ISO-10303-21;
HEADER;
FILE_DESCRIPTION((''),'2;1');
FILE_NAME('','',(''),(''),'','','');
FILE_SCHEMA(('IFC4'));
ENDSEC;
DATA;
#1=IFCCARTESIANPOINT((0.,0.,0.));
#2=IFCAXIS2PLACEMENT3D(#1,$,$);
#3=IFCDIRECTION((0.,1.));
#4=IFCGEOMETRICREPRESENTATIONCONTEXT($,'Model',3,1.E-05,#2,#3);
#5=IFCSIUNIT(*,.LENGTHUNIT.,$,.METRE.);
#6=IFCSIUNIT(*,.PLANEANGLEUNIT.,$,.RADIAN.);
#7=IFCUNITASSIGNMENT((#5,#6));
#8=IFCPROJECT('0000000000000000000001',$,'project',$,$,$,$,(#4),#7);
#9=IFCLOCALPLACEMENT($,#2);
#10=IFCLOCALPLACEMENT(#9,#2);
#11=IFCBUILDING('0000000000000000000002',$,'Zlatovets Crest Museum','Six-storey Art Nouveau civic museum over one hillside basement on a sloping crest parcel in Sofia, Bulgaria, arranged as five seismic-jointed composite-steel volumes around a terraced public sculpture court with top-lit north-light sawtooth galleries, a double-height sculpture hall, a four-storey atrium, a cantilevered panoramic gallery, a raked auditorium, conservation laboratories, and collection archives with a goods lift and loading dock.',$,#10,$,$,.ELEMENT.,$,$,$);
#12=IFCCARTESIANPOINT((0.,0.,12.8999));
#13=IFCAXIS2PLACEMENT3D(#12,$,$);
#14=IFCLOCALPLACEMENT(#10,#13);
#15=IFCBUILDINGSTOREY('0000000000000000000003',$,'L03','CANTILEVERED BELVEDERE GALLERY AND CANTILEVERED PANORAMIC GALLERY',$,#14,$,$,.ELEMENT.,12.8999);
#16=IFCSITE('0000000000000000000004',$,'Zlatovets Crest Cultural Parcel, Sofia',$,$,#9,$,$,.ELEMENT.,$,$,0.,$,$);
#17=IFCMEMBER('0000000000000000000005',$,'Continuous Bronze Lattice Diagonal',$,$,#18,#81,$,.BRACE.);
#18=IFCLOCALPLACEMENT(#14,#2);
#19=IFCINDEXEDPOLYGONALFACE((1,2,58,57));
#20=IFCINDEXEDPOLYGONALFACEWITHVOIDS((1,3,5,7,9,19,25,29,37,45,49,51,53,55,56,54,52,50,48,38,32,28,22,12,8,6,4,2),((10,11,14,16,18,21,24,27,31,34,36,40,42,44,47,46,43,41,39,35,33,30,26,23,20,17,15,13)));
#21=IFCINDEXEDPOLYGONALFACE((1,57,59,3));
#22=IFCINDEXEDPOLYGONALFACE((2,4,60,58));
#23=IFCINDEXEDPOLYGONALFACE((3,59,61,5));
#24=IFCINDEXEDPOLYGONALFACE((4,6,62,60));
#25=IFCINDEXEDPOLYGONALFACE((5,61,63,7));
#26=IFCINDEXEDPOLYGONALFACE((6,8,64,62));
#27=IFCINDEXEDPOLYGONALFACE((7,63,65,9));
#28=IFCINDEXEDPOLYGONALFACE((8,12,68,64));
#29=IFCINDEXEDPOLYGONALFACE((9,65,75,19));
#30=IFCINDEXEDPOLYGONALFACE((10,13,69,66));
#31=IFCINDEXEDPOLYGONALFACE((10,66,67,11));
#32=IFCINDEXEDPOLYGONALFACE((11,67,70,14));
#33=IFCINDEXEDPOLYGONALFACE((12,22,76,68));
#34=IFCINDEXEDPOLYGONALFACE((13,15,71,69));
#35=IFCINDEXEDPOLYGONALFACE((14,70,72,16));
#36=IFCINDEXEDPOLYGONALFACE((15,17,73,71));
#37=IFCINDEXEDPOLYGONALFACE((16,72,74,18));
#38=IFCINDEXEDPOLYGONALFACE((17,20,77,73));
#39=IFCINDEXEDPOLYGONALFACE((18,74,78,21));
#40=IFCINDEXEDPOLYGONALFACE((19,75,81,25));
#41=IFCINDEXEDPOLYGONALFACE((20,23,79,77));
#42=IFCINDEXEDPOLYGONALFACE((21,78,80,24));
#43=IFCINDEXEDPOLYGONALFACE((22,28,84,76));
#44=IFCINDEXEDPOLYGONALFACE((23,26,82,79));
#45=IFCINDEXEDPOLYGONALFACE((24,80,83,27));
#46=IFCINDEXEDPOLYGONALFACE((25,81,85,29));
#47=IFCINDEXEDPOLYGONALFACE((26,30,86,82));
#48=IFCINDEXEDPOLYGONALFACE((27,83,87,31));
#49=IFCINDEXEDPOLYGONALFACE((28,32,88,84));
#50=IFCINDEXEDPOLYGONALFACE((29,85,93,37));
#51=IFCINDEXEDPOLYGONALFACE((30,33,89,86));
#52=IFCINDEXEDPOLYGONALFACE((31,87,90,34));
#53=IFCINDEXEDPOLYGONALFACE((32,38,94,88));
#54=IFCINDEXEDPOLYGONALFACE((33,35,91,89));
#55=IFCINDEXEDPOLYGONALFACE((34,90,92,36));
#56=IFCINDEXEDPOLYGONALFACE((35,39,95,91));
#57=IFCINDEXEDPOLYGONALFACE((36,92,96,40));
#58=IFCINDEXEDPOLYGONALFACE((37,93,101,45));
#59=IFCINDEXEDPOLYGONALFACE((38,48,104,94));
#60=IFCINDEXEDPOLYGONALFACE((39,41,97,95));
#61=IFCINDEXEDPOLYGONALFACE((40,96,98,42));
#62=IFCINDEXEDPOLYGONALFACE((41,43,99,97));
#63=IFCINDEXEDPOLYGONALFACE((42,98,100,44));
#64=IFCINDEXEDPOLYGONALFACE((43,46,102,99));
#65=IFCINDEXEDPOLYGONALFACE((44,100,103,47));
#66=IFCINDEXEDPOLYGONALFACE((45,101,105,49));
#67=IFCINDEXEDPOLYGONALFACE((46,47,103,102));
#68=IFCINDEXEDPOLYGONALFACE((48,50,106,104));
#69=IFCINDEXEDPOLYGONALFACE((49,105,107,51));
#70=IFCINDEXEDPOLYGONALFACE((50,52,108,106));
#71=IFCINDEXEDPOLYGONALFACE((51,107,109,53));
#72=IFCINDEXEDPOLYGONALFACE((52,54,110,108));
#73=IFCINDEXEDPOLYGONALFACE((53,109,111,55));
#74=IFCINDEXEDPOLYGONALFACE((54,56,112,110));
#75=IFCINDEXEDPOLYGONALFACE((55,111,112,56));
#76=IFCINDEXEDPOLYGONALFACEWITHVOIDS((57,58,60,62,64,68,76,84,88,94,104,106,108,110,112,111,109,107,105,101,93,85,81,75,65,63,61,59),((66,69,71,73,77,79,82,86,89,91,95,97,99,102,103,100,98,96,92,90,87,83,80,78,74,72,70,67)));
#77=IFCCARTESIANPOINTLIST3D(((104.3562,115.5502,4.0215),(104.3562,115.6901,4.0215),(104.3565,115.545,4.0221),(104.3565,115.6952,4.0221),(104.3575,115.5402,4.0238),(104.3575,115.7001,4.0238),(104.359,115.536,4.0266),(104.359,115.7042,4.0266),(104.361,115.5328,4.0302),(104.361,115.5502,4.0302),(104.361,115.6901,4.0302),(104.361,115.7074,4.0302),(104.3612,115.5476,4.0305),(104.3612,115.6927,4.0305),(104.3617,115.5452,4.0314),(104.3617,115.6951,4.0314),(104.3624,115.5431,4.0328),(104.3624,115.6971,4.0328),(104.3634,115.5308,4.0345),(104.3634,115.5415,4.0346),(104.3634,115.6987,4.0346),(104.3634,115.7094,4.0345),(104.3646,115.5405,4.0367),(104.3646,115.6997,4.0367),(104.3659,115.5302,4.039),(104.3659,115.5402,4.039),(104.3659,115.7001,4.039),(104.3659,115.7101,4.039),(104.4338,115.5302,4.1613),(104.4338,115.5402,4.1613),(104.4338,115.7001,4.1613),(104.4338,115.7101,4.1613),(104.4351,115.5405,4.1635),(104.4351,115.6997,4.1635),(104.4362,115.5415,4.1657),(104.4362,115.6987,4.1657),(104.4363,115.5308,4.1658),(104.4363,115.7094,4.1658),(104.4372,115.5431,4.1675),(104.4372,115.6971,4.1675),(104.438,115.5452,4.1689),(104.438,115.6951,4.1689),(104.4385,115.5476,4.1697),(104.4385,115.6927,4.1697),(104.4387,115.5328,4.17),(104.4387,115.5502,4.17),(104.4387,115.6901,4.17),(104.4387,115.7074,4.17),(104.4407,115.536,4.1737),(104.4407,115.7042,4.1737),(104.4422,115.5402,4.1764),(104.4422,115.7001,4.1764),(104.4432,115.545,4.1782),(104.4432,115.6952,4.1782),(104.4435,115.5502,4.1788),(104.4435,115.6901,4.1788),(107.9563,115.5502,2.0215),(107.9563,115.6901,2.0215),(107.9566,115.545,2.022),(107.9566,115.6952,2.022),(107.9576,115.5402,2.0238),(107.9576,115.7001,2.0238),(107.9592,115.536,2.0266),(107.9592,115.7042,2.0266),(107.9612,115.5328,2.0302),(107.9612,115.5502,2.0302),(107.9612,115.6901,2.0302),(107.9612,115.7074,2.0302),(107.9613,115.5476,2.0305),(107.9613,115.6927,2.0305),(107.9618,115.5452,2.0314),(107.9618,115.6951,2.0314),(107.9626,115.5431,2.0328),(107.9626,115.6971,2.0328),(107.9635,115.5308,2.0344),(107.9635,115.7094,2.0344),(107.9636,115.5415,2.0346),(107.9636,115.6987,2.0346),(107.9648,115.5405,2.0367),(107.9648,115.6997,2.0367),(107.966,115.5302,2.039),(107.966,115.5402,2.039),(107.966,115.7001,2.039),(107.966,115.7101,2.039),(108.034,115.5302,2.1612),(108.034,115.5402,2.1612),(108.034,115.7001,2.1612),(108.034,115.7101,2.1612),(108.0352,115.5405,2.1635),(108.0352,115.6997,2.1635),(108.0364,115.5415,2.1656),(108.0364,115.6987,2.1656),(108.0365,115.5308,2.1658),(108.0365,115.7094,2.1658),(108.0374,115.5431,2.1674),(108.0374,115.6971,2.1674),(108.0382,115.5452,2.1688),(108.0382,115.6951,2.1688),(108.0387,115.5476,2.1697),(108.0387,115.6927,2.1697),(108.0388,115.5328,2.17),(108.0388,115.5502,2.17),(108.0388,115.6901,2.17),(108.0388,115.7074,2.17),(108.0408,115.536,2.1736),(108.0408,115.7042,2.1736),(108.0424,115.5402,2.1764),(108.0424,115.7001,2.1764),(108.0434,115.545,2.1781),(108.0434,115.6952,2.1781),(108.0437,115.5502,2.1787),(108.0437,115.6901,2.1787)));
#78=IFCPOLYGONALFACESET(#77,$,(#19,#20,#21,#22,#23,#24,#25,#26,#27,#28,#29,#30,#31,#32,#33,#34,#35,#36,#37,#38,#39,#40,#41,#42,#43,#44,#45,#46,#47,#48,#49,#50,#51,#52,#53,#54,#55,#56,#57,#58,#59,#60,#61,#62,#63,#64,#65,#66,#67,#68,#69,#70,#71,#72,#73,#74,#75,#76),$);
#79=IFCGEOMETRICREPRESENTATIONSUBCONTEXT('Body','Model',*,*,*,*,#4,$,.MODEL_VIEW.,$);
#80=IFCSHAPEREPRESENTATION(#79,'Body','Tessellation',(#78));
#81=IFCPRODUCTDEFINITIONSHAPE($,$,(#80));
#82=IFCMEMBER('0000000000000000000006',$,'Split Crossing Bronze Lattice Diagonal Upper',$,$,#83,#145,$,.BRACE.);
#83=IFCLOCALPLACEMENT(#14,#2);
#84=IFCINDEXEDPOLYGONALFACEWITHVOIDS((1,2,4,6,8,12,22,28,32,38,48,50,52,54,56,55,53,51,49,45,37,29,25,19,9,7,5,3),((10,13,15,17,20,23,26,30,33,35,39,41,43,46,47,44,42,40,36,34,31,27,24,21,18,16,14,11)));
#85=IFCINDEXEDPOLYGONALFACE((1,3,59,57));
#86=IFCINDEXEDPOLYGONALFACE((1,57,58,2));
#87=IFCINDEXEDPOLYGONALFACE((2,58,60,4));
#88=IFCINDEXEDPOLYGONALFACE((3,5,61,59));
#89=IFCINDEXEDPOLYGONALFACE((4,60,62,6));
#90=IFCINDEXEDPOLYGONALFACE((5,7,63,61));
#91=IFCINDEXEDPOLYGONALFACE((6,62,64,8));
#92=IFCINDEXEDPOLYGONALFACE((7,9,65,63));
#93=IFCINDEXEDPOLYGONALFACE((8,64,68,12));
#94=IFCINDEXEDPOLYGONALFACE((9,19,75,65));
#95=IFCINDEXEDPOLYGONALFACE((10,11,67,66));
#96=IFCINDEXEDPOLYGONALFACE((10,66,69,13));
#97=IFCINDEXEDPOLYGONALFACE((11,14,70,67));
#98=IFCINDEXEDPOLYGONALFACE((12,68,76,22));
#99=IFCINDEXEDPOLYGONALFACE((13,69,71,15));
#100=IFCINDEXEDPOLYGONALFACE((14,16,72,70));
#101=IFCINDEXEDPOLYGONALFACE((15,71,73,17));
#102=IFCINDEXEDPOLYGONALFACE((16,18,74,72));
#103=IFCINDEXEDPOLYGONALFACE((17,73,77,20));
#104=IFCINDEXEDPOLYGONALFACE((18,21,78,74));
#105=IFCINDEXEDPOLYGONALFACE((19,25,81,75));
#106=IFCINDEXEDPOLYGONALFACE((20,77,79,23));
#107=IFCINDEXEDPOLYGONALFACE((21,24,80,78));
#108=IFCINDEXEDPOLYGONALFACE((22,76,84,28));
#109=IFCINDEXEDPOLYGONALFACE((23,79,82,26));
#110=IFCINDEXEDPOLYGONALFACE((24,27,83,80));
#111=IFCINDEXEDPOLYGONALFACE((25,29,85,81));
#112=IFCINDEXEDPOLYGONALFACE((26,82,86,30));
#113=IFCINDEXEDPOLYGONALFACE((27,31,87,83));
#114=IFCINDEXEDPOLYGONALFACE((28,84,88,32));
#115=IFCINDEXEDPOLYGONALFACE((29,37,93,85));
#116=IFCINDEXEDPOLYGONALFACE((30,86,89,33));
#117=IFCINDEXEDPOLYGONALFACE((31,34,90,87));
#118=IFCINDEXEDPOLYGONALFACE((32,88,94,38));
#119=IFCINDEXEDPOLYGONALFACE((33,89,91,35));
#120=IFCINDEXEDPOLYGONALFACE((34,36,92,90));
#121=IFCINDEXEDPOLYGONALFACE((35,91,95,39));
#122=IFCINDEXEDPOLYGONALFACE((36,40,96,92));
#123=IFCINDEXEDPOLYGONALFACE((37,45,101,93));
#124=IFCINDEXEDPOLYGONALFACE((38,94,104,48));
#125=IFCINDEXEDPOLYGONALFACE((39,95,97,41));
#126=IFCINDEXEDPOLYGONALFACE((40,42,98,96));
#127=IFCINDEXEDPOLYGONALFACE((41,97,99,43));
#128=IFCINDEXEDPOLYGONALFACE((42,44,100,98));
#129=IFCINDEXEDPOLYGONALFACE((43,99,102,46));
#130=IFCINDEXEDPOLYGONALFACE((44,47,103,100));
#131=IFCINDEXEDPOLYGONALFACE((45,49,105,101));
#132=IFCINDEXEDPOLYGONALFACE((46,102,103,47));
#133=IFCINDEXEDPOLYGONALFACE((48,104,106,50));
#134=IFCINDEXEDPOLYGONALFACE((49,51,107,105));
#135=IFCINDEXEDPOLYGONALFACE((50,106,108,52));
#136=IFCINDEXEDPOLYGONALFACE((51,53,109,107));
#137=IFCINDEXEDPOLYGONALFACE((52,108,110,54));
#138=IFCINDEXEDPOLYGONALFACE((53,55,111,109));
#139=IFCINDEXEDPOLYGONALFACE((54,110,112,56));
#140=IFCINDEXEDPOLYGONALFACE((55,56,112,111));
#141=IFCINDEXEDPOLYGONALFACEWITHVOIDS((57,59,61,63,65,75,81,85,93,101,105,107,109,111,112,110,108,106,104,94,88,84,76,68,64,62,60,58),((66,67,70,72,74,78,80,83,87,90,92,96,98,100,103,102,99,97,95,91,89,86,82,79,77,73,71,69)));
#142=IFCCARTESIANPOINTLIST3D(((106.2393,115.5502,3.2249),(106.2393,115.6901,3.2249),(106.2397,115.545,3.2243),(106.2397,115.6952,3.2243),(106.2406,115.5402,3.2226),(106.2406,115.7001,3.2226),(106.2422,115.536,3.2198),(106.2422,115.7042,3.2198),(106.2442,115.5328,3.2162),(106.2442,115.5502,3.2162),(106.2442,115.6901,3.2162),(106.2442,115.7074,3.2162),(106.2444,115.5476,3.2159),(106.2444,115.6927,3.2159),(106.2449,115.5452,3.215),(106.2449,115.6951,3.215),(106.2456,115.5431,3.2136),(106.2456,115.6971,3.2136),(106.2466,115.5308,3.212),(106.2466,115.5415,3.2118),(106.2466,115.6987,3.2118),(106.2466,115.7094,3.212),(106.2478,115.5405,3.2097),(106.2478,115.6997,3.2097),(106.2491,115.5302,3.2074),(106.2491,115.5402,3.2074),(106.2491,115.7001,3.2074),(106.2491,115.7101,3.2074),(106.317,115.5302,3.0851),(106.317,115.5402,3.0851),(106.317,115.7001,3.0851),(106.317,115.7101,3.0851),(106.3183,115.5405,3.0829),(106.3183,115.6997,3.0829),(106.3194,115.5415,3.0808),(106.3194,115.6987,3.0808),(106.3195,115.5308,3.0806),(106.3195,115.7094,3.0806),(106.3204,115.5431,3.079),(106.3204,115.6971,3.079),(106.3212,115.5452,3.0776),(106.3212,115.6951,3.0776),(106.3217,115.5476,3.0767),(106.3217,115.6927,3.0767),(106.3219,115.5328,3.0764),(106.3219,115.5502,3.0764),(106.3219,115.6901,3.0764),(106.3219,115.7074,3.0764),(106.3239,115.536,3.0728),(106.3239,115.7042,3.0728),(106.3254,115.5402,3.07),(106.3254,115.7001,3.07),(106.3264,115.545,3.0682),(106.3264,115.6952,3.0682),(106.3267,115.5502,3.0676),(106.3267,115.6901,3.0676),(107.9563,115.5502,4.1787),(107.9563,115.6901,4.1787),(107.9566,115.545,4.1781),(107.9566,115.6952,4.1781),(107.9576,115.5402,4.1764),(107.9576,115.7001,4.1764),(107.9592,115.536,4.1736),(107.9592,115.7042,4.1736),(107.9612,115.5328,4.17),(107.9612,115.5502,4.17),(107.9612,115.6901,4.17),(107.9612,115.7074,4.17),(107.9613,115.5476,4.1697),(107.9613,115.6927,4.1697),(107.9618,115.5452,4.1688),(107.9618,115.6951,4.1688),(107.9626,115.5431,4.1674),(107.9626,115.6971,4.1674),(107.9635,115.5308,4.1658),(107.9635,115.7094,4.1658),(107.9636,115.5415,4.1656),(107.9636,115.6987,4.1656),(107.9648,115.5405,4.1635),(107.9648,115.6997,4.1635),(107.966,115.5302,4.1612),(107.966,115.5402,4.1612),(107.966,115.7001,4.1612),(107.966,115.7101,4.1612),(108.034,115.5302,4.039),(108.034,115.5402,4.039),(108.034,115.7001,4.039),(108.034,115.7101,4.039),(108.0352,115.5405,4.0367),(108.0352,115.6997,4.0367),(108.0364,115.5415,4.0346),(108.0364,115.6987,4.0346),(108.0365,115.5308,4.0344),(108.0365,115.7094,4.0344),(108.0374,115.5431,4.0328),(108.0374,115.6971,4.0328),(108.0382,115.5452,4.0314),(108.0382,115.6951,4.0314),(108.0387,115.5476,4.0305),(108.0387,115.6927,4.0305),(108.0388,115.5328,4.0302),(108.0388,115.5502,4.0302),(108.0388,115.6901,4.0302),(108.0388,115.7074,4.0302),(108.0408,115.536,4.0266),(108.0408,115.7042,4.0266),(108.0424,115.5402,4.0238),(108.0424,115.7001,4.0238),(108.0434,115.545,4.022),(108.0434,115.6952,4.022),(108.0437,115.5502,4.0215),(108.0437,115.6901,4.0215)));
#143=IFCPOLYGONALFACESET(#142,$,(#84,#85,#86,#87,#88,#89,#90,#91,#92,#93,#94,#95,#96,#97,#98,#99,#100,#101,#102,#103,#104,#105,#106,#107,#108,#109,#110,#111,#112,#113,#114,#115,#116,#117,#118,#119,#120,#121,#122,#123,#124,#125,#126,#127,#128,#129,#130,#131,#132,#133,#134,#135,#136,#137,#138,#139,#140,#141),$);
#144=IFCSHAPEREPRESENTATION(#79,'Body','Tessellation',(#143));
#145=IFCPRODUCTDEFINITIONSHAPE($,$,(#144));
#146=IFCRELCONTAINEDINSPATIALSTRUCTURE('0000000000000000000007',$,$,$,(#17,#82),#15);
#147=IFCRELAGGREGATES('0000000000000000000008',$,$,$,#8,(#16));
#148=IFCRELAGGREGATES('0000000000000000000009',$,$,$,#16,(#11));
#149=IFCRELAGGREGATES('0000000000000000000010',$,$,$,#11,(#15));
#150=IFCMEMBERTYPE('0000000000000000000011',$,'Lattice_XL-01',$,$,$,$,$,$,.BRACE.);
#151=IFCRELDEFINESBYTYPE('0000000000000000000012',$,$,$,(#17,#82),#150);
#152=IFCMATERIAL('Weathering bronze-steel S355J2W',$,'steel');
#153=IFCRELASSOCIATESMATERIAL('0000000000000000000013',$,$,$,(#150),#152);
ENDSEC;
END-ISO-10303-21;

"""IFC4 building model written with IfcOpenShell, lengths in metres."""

from ifc_helpers import new_model, si_unit, direction, frame, origin, origin_2d, place, context, subcontext, project, spatial, hollow_rectangle, extrude, material, material_profile, profile_set, type_object, element, save


model = new_model("IFC4")

# Units and contexts
model_context = context("Model", 3, precision=1e-05, world=origin(), true_north=direction((0.0, 1.0)))
body_context = subcontext(model_context, "Body", "Model", "MODEL_VIEW")
ifc_project = project(units=[si_unit("LENGTHUNIT", "METRE"), si_unit("PLANEANGLEUNIT", "RADIAN")], contexts=[model_context])

# Site, building, storey
site_placement = place(None, origin())
site = spatial("IfcSite", under=ifc_project, at=site_placement, Name="Zlatovets Crest Cultural Parcel, Sofia", CompositionType="ELEMENT", RefElevation=0.0)
building_placement = place(site_placement, origin())
building = spatial("IfcBuilding", under=site, at=building_placement, Name="Zlatovets Crest Museum", Description="Six-storey Art Nouveau civic museum over one hillside basement on a sloping crest parcel in Sofia, Bulgaria, arranged as five seismic-jointed composite-steel volumes around a terraced public sculpture court with top-lit north-light sawtooth galleries, a double-height sculpture hall, a four-storey atrium, a cantilevered panoramic gallery, a raked auditorium, conservation laboratories, and collection archives with a goods lift and loading dock.", CompositionType="ELEMENT")
storey_placement = place(building_placement, frame((0.0, 0.0, 12.8999)))
storey = spatial("IfcBuildingStorey", under=building, at=storey_placement, Name="L03", Description="CANTILEVERED BELVEDERE GALLERY AND CANTILEVERED PANORAMIC GALLERY", CompositionType="ELEMENT", Elevation=12.8999)

# Members
ifc_material_1 = material(Name="Weathering bronze-steel S355J2W", Category="steel")
ifc_material_profile_1 = material_profile(ifc_material_1, hollow_rectangle(XDim=0.1799, YDim=0.1799, WallThickness=0.01, InnerFilletRadius=0.01, OuterFilletRadius=0.02, at=origin_2d()), Name="SHS 180x180x10.0")
ifc_profile_set_1 = profile_set([ifc_material_profile_1], Name="Weathering bronze-steel S355J2W")
member_type_1 = type_object("IfcMemberType", Name="Lattice_XL-01", PredefinedType="BRACE", material=ifc_profile_set_1)
member_1_placement = place(storey_placement, frame((108.0, 115.6201, 2.1001), z_axis=(-0.874163, 0.0, 0.485633), x_axis=(0.0, -1.0, 0.0)))
element("IfcMember", 1, at=member_1_placement, inside=storey, type_object=member_type_1, Name="Continuous Bronze Lattice Diagonal", PredefinedType="BRACE", context=body_context, shape_type="SweptSolid", body=[
    extrude(hollow_rectangle(XDim=0.1799, YDim=0.1799, WallThickness=0.01, InnerFilletRadius=0.01, OuterFilletRadius=0.02, at=origin_2d()), origin(), (0.0, 0.0, 1.0), 4.1184),
])
for number, where, z_axis, x_axis, name in (
    (2, (108.0, 115.6201, 4.1001), (-0.874169, 0.0, -0.485622), (0.0, -1.0, 0.0), "Split Crossing Bronze Lattice Diagonal Upper"),
):
    element("IfcMember", number, at=place(storey_placement, frame(where, z_axis=z_axis, x_axis=x_axis)), inside=storey, type_object=member_type_1, Name=name, PredefinedType="BRACE", context=body_context, shape_type="SweptSolid", body=[
        extrude(hollow_rectangle(XDim=0.1799, YDim=0.1799, WallThickness=0.01, InnerFilletRadius=0.01, OuterFilletRadius=0.02, at=origin_2d()), origin(), (0.0, 0.0, 1.0), 1.9641),
    ])

save(model, "model.ifc")
